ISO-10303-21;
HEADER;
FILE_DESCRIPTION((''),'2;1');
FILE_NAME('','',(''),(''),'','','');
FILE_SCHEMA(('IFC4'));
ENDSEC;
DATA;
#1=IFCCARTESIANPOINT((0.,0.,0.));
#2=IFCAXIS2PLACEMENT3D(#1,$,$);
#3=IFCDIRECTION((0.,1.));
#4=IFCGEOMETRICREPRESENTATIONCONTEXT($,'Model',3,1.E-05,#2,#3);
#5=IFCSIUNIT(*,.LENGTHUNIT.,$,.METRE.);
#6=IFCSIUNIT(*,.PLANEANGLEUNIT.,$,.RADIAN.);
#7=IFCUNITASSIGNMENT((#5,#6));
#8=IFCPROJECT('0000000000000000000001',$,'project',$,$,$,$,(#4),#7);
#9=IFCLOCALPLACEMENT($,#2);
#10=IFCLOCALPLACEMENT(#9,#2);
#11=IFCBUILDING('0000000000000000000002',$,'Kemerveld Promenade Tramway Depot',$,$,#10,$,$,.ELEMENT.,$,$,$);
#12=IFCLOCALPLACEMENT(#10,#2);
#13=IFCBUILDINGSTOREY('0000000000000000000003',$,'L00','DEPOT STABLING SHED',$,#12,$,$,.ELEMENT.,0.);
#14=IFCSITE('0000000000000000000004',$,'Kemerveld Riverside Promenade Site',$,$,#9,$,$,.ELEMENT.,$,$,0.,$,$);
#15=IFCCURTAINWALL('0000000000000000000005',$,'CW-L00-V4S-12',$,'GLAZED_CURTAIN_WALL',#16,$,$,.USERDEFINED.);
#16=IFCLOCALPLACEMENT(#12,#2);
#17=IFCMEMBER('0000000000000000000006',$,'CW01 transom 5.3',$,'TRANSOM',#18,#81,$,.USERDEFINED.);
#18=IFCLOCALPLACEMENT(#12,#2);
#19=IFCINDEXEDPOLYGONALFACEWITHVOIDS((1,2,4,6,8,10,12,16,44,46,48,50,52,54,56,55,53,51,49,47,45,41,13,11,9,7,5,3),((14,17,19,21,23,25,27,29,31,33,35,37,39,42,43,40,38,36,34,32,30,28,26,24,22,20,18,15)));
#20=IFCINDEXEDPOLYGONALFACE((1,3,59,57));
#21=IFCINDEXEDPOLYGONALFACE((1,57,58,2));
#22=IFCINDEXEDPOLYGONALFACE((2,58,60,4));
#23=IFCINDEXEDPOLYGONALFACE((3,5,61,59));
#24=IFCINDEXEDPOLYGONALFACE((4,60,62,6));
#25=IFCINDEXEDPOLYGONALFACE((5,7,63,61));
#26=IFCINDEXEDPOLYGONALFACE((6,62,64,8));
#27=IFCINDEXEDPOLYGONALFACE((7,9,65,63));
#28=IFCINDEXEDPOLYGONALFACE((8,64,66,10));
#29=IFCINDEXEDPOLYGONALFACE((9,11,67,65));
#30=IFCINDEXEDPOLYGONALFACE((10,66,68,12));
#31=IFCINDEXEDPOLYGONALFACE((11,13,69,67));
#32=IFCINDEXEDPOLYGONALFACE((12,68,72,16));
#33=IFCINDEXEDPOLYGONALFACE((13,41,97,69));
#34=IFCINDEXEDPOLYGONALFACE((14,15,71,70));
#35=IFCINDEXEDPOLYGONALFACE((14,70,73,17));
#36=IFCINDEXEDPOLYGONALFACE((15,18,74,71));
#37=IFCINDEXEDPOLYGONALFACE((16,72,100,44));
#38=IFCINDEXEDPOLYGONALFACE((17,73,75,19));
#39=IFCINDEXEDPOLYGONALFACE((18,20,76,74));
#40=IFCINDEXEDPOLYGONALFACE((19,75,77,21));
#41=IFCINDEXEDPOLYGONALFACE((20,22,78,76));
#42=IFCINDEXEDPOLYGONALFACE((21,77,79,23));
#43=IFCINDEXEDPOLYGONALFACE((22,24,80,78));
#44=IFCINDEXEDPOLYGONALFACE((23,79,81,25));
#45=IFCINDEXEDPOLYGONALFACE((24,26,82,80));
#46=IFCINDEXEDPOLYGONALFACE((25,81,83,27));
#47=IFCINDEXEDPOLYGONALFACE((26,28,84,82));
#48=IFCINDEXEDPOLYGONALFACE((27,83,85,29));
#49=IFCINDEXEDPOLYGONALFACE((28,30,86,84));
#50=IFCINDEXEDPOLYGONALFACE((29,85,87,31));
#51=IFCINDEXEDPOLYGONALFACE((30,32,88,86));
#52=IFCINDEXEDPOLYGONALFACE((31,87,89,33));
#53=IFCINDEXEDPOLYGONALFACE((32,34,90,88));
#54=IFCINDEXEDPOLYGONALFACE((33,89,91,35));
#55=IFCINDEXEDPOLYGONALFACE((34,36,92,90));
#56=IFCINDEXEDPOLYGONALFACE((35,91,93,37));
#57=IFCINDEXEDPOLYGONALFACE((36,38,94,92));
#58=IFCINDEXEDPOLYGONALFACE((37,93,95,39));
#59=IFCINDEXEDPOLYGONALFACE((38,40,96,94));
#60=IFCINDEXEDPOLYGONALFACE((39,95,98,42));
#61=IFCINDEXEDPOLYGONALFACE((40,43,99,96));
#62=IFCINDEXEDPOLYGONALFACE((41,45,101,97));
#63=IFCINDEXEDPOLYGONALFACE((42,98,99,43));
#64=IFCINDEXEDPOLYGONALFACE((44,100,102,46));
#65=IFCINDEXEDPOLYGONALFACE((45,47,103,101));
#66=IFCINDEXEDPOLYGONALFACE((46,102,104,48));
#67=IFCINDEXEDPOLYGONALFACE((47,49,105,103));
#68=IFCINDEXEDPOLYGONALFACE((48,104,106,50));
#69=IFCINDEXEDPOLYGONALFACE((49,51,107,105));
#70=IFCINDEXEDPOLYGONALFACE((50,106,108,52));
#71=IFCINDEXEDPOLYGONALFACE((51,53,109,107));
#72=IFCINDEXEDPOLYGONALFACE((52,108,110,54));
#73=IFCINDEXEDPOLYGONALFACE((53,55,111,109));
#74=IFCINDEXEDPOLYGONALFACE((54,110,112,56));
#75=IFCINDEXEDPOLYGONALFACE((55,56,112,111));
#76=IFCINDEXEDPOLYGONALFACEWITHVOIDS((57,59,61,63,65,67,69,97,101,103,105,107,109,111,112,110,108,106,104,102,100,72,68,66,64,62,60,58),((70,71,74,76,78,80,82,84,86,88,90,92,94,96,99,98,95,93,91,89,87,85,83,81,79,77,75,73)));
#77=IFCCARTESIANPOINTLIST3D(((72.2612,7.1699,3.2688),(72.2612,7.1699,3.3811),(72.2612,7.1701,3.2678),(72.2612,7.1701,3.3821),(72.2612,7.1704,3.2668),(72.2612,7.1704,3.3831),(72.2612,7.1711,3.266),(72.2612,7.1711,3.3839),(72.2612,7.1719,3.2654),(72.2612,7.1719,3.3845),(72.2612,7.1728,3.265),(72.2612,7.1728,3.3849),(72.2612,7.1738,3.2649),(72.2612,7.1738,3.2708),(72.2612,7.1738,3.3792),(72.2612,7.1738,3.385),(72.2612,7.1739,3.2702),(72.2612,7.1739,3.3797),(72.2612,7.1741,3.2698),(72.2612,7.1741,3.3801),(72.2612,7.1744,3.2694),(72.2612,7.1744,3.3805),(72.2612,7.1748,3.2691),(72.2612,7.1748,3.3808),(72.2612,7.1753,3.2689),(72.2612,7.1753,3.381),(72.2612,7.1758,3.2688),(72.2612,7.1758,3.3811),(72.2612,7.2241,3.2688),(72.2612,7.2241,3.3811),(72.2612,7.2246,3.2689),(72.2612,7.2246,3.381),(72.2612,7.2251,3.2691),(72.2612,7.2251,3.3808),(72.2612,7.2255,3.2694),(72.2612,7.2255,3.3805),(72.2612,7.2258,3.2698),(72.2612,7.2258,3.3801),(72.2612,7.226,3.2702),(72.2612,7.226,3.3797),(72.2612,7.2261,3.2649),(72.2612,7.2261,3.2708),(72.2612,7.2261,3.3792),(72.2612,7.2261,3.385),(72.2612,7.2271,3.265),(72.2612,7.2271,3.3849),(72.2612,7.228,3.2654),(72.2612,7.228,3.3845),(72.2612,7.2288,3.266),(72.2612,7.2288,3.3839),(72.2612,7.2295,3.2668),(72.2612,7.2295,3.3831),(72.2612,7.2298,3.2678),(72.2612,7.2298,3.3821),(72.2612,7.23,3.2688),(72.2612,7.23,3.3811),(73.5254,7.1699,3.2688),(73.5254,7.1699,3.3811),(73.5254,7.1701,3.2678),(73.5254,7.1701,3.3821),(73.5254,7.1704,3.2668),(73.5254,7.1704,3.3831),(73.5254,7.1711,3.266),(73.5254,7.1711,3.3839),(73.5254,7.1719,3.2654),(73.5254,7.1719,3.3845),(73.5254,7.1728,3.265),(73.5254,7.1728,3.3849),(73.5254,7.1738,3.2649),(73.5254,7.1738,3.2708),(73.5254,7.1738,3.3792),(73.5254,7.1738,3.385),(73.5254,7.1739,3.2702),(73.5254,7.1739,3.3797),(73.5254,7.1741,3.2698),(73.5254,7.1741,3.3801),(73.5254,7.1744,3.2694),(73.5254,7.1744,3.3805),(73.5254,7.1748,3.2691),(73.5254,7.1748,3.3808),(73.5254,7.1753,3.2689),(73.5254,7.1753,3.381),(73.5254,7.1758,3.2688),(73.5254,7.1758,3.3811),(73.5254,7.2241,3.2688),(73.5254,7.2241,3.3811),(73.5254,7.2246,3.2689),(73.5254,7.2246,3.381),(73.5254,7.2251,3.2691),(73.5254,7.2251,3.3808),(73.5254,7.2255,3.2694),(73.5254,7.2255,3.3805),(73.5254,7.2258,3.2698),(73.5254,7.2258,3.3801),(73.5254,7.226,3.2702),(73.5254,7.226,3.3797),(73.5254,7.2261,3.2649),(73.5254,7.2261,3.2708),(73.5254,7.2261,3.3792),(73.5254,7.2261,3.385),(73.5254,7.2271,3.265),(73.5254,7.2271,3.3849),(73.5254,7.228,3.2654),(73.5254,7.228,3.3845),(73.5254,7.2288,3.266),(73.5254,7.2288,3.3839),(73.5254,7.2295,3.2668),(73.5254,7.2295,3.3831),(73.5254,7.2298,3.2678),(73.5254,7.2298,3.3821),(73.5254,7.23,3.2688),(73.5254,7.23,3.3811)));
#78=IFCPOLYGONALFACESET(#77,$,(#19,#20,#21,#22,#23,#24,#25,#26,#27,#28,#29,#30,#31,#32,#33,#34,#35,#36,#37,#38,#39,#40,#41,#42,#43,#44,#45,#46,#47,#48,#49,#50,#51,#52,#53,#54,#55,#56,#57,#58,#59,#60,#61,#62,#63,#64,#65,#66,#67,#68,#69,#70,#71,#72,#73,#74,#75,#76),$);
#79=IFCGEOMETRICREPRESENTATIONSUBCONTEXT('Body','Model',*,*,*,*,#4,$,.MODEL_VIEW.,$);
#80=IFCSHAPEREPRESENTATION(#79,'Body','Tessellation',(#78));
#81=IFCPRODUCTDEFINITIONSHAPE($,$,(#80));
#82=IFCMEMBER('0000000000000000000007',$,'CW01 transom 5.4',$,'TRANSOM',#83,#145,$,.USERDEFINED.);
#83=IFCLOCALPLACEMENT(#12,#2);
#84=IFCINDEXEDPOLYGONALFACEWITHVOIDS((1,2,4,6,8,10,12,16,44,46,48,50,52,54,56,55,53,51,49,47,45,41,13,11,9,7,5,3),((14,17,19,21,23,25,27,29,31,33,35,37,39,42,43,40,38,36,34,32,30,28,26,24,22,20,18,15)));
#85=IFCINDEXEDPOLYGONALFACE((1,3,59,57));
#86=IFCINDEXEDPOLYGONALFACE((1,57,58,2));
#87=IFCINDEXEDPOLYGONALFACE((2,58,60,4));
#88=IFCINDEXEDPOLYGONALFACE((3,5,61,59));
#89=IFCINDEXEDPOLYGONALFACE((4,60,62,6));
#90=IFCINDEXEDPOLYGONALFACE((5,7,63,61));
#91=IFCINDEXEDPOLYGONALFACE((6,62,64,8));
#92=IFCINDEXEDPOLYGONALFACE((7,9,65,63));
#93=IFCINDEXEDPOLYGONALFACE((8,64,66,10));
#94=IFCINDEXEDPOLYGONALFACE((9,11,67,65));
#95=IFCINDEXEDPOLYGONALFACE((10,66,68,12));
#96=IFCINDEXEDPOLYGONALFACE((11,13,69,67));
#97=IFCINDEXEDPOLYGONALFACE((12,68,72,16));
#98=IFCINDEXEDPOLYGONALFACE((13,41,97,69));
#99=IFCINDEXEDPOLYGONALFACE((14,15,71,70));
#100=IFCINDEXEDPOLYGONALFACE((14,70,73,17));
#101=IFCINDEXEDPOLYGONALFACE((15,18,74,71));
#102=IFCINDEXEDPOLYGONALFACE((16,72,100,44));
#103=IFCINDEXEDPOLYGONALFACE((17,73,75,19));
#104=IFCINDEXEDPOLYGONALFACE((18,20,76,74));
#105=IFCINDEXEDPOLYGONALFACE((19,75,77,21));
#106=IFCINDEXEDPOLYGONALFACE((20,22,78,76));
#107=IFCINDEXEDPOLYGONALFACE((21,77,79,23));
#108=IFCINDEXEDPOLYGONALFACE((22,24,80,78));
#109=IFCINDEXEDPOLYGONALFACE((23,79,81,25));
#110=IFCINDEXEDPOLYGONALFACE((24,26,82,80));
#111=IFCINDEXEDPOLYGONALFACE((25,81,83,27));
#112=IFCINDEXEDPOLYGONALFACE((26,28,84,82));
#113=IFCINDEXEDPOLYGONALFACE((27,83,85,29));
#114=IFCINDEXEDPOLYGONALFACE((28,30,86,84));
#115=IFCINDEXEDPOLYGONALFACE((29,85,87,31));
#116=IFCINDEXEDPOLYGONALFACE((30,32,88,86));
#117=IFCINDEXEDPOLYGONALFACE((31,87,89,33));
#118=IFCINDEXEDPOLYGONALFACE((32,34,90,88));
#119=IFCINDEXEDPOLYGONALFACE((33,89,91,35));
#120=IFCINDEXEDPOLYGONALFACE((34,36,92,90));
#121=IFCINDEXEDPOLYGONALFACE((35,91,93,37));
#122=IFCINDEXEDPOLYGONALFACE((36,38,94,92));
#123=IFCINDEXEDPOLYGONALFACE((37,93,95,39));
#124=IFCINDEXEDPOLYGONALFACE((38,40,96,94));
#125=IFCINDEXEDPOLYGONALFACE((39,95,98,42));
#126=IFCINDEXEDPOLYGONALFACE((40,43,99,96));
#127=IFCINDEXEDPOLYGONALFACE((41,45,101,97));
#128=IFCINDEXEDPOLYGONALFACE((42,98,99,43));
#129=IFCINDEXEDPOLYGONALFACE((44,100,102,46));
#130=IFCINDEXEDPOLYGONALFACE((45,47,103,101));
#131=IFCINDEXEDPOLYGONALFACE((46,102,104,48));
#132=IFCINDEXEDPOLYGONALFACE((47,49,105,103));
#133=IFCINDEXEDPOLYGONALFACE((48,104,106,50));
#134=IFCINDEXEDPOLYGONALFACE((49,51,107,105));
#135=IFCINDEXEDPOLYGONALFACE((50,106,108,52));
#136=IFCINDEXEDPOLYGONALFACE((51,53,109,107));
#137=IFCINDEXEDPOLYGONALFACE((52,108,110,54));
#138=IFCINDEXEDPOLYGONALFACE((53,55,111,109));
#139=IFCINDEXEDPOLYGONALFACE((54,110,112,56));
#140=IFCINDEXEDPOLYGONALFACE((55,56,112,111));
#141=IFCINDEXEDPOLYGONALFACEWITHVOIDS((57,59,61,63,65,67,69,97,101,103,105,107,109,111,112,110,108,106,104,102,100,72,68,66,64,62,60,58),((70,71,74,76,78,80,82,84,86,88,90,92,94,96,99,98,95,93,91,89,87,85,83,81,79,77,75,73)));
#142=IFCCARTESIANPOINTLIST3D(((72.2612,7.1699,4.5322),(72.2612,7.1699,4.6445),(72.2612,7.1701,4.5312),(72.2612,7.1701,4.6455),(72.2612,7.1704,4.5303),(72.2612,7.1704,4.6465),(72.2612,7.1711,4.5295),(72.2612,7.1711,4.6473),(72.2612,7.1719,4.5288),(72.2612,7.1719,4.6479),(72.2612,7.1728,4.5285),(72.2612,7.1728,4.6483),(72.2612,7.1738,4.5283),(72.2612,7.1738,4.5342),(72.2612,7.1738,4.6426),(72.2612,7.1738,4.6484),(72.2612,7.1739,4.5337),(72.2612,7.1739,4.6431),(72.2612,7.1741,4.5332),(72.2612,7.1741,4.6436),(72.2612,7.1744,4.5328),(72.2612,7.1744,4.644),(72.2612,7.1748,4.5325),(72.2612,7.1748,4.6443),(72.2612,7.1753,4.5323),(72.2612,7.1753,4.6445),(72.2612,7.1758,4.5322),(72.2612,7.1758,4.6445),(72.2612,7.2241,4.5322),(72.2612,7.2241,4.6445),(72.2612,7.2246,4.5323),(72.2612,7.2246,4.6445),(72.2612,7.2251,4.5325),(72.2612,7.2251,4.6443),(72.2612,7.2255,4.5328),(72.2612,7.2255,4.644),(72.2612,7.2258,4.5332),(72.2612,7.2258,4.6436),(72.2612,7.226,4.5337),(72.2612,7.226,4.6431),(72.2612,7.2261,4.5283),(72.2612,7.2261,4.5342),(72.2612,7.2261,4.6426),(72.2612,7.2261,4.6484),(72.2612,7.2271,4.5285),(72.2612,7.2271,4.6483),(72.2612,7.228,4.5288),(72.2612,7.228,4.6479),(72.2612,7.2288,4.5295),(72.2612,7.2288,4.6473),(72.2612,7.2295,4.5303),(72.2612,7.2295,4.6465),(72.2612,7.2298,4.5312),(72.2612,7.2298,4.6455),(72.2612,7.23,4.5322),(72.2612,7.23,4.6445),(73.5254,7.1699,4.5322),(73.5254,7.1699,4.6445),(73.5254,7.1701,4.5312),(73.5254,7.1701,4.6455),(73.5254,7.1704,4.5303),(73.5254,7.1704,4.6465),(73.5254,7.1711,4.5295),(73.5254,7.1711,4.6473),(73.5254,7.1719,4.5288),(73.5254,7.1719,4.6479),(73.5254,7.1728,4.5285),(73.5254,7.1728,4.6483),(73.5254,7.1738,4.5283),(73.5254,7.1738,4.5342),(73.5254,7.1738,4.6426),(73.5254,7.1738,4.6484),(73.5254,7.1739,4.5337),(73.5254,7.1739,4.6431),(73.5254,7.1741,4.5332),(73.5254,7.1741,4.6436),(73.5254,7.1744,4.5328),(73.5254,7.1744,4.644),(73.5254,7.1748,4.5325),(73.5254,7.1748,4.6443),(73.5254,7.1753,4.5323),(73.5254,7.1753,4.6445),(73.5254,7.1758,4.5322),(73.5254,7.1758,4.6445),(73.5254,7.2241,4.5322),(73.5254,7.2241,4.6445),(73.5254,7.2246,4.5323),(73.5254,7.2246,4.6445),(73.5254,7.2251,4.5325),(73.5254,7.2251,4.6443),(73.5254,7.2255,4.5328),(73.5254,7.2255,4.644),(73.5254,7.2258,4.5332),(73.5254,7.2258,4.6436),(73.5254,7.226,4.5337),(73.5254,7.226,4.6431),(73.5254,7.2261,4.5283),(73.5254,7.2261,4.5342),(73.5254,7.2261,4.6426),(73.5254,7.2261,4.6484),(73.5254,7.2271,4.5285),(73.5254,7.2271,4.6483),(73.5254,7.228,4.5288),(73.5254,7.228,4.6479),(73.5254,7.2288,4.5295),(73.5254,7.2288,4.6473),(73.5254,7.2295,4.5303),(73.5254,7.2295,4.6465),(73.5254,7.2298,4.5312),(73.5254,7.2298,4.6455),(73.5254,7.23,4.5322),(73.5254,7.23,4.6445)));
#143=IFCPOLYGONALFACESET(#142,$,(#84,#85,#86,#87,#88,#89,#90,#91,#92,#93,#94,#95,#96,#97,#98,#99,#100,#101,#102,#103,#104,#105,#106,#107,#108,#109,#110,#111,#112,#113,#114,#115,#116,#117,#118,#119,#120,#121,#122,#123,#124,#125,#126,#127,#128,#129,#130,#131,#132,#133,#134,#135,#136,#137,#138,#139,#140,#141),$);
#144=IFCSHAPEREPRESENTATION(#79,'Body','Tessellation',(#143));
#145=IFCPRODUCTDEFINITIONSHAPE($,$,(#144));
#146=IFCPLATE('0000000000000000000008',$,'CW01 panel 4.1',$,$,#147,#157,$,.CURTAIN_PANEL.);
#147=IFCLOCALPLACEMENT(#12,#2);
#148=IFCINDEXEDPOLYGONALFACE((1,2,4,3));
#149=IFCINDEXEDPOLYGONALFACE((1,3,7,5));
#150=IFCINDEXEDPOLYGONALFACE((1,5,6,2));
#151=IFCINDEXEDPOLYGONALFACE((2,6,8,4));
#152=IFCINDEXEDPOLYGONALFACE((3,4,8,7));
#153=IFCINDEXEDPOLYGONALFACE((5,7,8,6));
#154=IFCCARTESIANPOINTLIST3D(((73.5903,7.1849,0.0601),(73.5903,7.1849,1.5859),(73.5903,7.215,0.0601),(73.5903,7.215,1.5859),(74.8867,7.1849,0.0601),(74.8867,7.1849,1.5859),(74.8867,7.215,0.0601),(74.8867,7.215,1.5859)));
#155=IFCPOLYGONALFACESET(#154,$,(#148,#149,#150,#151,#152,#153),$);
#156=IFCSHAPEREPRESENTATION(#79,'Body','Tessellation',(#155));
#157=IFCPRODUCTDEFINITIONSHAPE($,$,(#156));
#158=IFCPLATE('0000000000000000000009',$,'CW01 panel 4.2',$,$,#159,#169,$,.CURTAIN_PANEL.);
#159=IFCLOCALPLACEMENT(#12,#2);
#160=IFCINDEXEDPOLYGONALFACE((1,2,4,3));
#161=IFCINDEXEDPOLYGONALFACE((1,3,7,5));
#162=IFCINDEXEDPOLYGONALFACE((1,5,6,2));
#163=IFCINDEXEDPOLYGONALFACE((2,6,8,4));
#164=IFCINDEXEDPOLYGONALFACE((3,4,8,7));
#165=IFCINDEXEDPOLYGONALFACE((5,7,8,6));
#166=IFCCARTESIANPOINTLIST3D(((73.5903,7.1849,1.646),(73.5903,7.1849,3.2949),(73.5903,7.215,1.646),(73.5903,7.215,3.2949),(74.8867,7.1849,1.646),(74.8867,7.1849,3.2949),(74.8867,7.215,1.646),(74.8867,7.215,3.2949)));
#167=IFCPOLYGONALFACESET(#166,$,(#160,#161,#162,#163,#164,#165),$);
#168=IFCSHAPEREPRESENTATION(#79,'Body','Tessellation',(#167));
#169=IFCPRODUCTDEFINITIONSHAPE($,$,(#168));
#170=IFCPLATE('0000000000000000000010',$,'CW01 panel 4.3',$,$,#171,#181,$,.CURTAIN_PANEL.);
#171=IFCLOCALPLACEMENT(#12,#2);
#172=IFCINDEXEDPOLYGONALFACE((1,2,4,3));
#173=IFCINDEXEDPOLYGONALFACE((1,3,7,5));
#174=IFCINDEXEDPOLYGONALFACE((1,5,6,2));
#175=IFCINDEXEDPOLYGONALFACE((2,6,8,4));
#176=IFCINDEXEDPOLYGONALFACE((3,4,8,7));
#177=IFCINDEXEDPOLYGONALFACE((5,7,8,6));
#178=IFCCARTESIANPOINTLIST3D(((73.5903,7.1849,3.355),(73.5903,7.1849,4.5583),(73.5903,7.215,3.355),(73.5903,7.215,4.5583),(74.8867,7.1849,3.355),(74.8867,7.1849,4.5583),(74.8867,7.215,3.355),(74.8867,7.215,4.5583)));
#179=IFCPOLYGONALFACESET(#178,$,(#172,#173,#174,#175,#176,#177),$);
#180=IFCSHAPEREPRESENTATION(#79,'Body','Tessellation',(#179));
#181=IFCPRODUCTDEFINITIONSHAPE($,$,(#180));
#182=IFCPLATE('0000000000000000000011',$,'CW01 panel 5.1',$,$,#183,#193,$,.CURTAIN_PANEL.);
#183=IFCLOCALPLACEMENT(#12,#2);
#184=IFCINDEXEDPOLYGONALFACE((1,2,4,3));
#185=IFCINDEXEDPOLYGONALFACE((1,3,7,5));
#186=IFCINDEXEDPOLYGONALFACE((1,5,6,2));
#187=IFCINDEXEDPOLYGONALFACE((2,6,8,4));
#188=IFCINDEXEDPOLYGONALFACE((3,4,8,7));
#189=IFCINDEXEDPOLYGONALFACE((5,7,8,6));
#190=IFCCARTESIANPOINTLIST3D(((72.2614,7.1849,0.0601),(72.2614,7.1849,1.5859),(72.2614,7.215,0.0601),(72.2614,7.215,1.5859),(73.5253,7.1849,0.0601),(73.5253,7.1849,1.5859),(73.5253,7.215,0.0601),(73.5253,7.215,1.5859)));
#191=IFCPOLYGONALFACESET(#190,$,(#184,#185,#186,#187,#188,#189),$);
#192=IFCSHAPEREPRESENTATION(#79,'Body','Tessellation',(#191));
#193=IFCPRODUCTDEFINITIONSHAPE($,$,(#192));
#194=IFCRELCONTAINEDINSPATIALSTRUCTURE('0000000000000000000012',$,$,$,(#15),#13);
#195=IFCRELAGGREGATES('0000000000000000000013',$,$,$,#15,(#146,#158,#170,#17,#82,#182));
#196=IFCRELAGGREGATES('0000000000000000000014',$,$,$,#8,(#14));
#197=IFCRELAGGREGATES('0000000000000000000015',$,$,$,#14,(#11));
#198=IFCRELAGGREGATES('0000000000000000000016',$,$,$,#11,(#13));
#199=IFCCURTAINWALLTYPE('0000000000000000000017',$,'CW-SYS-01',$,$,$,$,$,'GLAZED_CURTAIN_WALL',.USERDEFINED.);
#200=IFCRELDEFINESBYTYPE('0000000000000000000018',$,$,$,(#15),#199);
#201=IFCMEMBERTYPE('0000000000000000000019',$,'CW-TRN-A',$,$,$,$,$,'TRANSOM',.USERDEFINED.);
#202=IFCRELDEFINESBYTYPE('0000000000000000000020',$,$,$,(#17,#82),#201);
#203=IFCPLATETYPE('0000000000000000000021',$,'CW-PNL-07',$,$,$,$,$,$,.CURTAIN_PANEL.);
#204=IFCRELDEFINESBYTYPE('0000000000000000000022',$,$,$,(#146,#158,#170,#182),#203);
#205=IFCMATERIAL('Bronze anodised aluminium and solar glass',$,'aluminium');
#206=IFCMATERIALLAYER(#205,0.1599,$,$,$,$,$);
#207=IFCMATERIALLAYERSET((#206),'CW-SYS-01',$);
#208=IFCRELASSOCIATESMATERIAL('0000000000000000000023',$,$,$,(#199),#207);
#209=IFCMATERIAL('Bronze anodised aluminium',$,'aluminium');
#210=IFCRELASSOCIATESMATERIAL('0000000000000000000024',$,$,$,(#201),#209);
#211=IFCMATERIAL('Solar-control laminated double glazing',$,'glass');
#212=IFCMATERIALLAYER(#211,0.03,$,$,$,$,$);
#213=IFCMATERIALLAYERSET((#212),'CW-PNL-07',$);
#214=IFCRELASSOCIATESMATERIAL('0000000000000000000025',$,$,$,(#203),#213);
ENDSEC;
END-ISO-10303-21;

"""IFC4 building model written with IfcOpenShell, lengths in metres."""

from ifc_helpers import new_model, si_unit, direction, frame, origin, origin_2d, place, context, subcontext, project, spatial, rectangle, hollow_rectangle, extrude, material, layer, layer_set, material_profile, profile_set, type_object, element, aggregate, save


model = new_model("IFC4")

# Units and contexts
model_context = context("Model", 3, precision=1e-05, world=origin(), true_north=direction((0.0, 1.0)))
body_context = subcontext(model_context, "Body", "Model", "MODEL_VIEW")
ifc_project = project(units=[si_unit("LENGTHUNIT", "METRE"), si_unit("PLANEANGLEUNIT", "RADIAN")], contexts=[model_context])

# Site, building, storey
site_placement = place(None, origin())
site = spatial("IfcSite", under=ifc_project, at=site_placement, Name="Kemerveld Riverside Promenade Site", CompositionType="ELEMENT", RefElevation=0.0)
building_placement = place(site_placement, origin())
building = spatial("IfcBuilding", under=site, at=building_placement, Name="Kemerveld Promenade Tramway Depot", CompositionType="ELEMENT")
storey_placement = place(building_placement, origin())
storey = spatial("IfcBuildingStorey", under=building, at=storey_placement, Name="L00", Description="DEPOT STABLING SHED", CompositionType="ELEMENT", Elevation=0.0)

# Curtain wall, members, plates
ifc_material_1 = material(Name="Bronze anodised aluminium and solar glass", Category="aluminium")
ifc_layer_1 = layer(ifc_material_1, 0.1599)
ifc_layer_set_1 = layer_set([ifc_layer_1], Name="CW-SYS-01")
curtain_wall_type = type_object("IfcCurtainWallType", Name="CW-SYS-01", ElementType="GLAZED_CURTAIN_WALL", PredefinedType="USERDEFINED", material=ifc_layer_set_1)
curtain_wall_placement = place(storey_placement, origin())
curtain_wall = element("IfcCurtainWall", 1, at=curtain_wall_placement, inside=storey, type_object=curtain_wall_type, Name="CW-L00-V4S-12", ObjectType="GLAZED_CURTAIN_WALL", PredefinedType="USERDEFINED")
ifc_material_2 = material(Name="Bronze anodised aluminium", Category="aluminium")
ifc_material_profile_1 = material_profile(ifc_material_2, hollow_rectangle(XDim=0.0601, YDim=0.1201, WallThickness=0.0039, InnerFilletRadius=0.002, OuterFilletRadius=0.0039, at=origin_2d()), Name="CW-TRN-120x60")
ifc_profile_set_1 = profile_set([ifc_material_profile_1], Name="Bronze anodised aluminium")
member_type_1 = type_object("IfcMemberType", Name="CW-TRN-A", ElementType="TRANSOM", PredefinedType="USERDEFINED", material=ifc_profile_set_1)
member_1_placement = place(storey_placement, frame((73.5254, 7.2, 3.325), z_axis=(-1.0, 0.0, 0.0), x_axis=(0.0, -1.0, 0.0)))
member_1 = element("IfcMember", 2, at=member_1_placement, type_object=member_type_1, Name="CW01 transom 5.3", ObjectType="TRANSOM", PredefinedType="USERDEFINED", context=body_context, shape_type="SweptSolid", body=[
    extrude(hollow_rectangle(XDim=0.0601, YDim=0.1201, WallThickness=0.0039, InnerFilletRadius=0.002, OuterFilletRadius=0.0039, at=origin_2d()), origin(), (0.0, 0.0, 1.0), 1.2642),
])
member_2_placement = place(storey_placement, frame((73.5254, 7.2, 4.5884), z_axis=(-1.0, 0.0, 0.0), x_axis=(0.0, -1.0, 0.0)))
member_2 = element("IfcMember", 3, at=member_2_placement, type_object=member_type_1, Name="CW01 transom 5.4", ObjectType="TRANSOM", PredefinedType="USERDEFINED", context=body_context, shape_type="SweptSolid", body=[
    extrude(hollow_rectangle(XDim=0.0601, YDim=0.1201, WallThickness=0.0039, InnerFilletRadius=0.002, OuterFilletRadius=0.0039, at=origin_2d()), origin(), (0.0, 0.0, 1.0), 1.2642),
])
ifc_material_3 = material(Name="Solar-control laminated double glazing", Category="glass")
ifc_layer_2 = layer(ifc_material_3, 0.03)
ifc_layer_set_2 = layer_set([ifc_layer_2], Name="CW-PNL-07")
plate_type = type_object("IfcPlateType", Name="CW-PNL-07", PredefinedType="CURTAIN_PANEL", material=ifc_layer_set_2)
plate_1_placement = place(storey_placement, frame((74.2385, 7.2, 0.0601), z_axis=(0.0, 0.0, 1.0), x_axis=(-1.0, 0.0, 0.0)))
plate_1 = element("IfcPlate", 4, at=plate_1_placement, type_object=plate_type, Name="CW01 panel 4.1", PredefinedType="CURTAIN_PANEL", context=body_context, shape_type="SweptSolid", body=[
    extrude(rectangle(XDim=1.2964, YDim=0.03, at=origin_2d()), origin(), (0.0, 0.0, 1.0), 1.5259),
])
plate_2_placement = place(storey_placement, frame((74.2385, 7.2, 1.646), z_axis=(0.0, 0.0, 1.0), x_axis=(-1.0, 0.0, 0.0)))
plate_2 = element("IfcPlate", 5, at=plate_2_placement, type_object=plate_type, Name="CW01 panel 4.2", PredefinedType="CURTAIN_PANEL", context=body_context, shape_type="SweptSolid", body=[
    extrude(rectangle(XDim=1.2964, YDim=0.03, at=origin_2d()), origin(), (0.0, 0.0, 1.0), 1.6489),
])
plate_3_placement = place(storey_placement, frame((74.2385, 7.2, 3.355), z_axis=(0.0, 0.0, 1.0), x_axis=(-1.0, 0.0, 0.0)))
plate_3 = element("IfcPlate", 6, at=plate_3_placement, type_object=plate_type, Name="CW01 panel 4.3", PredefinedType="CURTAIN_PANEL", context=body_context, shape_type="SweptSolid", body=[
    extrude(rectangle(XDim=1.2964, YDim=0.03, at=origin_2d()), origin(), (0.0, 0.0, 1.0), 1.2034),
])
plate_4_placement = place(storey_placement, frame((72.8933, 7.2, 0.0601), z_axis=(0.0, 0.0, 1.0), x_axis=(-1.0, 0.0, 0.0)))
plate_4 = element("IfcPlate", 7, at=plate_4_placement, type_object=plate_type, Name="CW01 panel 5.1", PredefinedType="CURTAIN_PANEL", context=body_context, shape_type="SweptSolid", body=[
    extrude(rectangle(XDim=1.2639, YDim=0.03, at=origin_2d()), origin(), (0.0, 0.0, 1.0), 1.5259),
])
aggregate(curtain_wall, [plate_1, plate_2, plate_3, member_1, member_2, plate_4])

save(model, "model.ifc")
